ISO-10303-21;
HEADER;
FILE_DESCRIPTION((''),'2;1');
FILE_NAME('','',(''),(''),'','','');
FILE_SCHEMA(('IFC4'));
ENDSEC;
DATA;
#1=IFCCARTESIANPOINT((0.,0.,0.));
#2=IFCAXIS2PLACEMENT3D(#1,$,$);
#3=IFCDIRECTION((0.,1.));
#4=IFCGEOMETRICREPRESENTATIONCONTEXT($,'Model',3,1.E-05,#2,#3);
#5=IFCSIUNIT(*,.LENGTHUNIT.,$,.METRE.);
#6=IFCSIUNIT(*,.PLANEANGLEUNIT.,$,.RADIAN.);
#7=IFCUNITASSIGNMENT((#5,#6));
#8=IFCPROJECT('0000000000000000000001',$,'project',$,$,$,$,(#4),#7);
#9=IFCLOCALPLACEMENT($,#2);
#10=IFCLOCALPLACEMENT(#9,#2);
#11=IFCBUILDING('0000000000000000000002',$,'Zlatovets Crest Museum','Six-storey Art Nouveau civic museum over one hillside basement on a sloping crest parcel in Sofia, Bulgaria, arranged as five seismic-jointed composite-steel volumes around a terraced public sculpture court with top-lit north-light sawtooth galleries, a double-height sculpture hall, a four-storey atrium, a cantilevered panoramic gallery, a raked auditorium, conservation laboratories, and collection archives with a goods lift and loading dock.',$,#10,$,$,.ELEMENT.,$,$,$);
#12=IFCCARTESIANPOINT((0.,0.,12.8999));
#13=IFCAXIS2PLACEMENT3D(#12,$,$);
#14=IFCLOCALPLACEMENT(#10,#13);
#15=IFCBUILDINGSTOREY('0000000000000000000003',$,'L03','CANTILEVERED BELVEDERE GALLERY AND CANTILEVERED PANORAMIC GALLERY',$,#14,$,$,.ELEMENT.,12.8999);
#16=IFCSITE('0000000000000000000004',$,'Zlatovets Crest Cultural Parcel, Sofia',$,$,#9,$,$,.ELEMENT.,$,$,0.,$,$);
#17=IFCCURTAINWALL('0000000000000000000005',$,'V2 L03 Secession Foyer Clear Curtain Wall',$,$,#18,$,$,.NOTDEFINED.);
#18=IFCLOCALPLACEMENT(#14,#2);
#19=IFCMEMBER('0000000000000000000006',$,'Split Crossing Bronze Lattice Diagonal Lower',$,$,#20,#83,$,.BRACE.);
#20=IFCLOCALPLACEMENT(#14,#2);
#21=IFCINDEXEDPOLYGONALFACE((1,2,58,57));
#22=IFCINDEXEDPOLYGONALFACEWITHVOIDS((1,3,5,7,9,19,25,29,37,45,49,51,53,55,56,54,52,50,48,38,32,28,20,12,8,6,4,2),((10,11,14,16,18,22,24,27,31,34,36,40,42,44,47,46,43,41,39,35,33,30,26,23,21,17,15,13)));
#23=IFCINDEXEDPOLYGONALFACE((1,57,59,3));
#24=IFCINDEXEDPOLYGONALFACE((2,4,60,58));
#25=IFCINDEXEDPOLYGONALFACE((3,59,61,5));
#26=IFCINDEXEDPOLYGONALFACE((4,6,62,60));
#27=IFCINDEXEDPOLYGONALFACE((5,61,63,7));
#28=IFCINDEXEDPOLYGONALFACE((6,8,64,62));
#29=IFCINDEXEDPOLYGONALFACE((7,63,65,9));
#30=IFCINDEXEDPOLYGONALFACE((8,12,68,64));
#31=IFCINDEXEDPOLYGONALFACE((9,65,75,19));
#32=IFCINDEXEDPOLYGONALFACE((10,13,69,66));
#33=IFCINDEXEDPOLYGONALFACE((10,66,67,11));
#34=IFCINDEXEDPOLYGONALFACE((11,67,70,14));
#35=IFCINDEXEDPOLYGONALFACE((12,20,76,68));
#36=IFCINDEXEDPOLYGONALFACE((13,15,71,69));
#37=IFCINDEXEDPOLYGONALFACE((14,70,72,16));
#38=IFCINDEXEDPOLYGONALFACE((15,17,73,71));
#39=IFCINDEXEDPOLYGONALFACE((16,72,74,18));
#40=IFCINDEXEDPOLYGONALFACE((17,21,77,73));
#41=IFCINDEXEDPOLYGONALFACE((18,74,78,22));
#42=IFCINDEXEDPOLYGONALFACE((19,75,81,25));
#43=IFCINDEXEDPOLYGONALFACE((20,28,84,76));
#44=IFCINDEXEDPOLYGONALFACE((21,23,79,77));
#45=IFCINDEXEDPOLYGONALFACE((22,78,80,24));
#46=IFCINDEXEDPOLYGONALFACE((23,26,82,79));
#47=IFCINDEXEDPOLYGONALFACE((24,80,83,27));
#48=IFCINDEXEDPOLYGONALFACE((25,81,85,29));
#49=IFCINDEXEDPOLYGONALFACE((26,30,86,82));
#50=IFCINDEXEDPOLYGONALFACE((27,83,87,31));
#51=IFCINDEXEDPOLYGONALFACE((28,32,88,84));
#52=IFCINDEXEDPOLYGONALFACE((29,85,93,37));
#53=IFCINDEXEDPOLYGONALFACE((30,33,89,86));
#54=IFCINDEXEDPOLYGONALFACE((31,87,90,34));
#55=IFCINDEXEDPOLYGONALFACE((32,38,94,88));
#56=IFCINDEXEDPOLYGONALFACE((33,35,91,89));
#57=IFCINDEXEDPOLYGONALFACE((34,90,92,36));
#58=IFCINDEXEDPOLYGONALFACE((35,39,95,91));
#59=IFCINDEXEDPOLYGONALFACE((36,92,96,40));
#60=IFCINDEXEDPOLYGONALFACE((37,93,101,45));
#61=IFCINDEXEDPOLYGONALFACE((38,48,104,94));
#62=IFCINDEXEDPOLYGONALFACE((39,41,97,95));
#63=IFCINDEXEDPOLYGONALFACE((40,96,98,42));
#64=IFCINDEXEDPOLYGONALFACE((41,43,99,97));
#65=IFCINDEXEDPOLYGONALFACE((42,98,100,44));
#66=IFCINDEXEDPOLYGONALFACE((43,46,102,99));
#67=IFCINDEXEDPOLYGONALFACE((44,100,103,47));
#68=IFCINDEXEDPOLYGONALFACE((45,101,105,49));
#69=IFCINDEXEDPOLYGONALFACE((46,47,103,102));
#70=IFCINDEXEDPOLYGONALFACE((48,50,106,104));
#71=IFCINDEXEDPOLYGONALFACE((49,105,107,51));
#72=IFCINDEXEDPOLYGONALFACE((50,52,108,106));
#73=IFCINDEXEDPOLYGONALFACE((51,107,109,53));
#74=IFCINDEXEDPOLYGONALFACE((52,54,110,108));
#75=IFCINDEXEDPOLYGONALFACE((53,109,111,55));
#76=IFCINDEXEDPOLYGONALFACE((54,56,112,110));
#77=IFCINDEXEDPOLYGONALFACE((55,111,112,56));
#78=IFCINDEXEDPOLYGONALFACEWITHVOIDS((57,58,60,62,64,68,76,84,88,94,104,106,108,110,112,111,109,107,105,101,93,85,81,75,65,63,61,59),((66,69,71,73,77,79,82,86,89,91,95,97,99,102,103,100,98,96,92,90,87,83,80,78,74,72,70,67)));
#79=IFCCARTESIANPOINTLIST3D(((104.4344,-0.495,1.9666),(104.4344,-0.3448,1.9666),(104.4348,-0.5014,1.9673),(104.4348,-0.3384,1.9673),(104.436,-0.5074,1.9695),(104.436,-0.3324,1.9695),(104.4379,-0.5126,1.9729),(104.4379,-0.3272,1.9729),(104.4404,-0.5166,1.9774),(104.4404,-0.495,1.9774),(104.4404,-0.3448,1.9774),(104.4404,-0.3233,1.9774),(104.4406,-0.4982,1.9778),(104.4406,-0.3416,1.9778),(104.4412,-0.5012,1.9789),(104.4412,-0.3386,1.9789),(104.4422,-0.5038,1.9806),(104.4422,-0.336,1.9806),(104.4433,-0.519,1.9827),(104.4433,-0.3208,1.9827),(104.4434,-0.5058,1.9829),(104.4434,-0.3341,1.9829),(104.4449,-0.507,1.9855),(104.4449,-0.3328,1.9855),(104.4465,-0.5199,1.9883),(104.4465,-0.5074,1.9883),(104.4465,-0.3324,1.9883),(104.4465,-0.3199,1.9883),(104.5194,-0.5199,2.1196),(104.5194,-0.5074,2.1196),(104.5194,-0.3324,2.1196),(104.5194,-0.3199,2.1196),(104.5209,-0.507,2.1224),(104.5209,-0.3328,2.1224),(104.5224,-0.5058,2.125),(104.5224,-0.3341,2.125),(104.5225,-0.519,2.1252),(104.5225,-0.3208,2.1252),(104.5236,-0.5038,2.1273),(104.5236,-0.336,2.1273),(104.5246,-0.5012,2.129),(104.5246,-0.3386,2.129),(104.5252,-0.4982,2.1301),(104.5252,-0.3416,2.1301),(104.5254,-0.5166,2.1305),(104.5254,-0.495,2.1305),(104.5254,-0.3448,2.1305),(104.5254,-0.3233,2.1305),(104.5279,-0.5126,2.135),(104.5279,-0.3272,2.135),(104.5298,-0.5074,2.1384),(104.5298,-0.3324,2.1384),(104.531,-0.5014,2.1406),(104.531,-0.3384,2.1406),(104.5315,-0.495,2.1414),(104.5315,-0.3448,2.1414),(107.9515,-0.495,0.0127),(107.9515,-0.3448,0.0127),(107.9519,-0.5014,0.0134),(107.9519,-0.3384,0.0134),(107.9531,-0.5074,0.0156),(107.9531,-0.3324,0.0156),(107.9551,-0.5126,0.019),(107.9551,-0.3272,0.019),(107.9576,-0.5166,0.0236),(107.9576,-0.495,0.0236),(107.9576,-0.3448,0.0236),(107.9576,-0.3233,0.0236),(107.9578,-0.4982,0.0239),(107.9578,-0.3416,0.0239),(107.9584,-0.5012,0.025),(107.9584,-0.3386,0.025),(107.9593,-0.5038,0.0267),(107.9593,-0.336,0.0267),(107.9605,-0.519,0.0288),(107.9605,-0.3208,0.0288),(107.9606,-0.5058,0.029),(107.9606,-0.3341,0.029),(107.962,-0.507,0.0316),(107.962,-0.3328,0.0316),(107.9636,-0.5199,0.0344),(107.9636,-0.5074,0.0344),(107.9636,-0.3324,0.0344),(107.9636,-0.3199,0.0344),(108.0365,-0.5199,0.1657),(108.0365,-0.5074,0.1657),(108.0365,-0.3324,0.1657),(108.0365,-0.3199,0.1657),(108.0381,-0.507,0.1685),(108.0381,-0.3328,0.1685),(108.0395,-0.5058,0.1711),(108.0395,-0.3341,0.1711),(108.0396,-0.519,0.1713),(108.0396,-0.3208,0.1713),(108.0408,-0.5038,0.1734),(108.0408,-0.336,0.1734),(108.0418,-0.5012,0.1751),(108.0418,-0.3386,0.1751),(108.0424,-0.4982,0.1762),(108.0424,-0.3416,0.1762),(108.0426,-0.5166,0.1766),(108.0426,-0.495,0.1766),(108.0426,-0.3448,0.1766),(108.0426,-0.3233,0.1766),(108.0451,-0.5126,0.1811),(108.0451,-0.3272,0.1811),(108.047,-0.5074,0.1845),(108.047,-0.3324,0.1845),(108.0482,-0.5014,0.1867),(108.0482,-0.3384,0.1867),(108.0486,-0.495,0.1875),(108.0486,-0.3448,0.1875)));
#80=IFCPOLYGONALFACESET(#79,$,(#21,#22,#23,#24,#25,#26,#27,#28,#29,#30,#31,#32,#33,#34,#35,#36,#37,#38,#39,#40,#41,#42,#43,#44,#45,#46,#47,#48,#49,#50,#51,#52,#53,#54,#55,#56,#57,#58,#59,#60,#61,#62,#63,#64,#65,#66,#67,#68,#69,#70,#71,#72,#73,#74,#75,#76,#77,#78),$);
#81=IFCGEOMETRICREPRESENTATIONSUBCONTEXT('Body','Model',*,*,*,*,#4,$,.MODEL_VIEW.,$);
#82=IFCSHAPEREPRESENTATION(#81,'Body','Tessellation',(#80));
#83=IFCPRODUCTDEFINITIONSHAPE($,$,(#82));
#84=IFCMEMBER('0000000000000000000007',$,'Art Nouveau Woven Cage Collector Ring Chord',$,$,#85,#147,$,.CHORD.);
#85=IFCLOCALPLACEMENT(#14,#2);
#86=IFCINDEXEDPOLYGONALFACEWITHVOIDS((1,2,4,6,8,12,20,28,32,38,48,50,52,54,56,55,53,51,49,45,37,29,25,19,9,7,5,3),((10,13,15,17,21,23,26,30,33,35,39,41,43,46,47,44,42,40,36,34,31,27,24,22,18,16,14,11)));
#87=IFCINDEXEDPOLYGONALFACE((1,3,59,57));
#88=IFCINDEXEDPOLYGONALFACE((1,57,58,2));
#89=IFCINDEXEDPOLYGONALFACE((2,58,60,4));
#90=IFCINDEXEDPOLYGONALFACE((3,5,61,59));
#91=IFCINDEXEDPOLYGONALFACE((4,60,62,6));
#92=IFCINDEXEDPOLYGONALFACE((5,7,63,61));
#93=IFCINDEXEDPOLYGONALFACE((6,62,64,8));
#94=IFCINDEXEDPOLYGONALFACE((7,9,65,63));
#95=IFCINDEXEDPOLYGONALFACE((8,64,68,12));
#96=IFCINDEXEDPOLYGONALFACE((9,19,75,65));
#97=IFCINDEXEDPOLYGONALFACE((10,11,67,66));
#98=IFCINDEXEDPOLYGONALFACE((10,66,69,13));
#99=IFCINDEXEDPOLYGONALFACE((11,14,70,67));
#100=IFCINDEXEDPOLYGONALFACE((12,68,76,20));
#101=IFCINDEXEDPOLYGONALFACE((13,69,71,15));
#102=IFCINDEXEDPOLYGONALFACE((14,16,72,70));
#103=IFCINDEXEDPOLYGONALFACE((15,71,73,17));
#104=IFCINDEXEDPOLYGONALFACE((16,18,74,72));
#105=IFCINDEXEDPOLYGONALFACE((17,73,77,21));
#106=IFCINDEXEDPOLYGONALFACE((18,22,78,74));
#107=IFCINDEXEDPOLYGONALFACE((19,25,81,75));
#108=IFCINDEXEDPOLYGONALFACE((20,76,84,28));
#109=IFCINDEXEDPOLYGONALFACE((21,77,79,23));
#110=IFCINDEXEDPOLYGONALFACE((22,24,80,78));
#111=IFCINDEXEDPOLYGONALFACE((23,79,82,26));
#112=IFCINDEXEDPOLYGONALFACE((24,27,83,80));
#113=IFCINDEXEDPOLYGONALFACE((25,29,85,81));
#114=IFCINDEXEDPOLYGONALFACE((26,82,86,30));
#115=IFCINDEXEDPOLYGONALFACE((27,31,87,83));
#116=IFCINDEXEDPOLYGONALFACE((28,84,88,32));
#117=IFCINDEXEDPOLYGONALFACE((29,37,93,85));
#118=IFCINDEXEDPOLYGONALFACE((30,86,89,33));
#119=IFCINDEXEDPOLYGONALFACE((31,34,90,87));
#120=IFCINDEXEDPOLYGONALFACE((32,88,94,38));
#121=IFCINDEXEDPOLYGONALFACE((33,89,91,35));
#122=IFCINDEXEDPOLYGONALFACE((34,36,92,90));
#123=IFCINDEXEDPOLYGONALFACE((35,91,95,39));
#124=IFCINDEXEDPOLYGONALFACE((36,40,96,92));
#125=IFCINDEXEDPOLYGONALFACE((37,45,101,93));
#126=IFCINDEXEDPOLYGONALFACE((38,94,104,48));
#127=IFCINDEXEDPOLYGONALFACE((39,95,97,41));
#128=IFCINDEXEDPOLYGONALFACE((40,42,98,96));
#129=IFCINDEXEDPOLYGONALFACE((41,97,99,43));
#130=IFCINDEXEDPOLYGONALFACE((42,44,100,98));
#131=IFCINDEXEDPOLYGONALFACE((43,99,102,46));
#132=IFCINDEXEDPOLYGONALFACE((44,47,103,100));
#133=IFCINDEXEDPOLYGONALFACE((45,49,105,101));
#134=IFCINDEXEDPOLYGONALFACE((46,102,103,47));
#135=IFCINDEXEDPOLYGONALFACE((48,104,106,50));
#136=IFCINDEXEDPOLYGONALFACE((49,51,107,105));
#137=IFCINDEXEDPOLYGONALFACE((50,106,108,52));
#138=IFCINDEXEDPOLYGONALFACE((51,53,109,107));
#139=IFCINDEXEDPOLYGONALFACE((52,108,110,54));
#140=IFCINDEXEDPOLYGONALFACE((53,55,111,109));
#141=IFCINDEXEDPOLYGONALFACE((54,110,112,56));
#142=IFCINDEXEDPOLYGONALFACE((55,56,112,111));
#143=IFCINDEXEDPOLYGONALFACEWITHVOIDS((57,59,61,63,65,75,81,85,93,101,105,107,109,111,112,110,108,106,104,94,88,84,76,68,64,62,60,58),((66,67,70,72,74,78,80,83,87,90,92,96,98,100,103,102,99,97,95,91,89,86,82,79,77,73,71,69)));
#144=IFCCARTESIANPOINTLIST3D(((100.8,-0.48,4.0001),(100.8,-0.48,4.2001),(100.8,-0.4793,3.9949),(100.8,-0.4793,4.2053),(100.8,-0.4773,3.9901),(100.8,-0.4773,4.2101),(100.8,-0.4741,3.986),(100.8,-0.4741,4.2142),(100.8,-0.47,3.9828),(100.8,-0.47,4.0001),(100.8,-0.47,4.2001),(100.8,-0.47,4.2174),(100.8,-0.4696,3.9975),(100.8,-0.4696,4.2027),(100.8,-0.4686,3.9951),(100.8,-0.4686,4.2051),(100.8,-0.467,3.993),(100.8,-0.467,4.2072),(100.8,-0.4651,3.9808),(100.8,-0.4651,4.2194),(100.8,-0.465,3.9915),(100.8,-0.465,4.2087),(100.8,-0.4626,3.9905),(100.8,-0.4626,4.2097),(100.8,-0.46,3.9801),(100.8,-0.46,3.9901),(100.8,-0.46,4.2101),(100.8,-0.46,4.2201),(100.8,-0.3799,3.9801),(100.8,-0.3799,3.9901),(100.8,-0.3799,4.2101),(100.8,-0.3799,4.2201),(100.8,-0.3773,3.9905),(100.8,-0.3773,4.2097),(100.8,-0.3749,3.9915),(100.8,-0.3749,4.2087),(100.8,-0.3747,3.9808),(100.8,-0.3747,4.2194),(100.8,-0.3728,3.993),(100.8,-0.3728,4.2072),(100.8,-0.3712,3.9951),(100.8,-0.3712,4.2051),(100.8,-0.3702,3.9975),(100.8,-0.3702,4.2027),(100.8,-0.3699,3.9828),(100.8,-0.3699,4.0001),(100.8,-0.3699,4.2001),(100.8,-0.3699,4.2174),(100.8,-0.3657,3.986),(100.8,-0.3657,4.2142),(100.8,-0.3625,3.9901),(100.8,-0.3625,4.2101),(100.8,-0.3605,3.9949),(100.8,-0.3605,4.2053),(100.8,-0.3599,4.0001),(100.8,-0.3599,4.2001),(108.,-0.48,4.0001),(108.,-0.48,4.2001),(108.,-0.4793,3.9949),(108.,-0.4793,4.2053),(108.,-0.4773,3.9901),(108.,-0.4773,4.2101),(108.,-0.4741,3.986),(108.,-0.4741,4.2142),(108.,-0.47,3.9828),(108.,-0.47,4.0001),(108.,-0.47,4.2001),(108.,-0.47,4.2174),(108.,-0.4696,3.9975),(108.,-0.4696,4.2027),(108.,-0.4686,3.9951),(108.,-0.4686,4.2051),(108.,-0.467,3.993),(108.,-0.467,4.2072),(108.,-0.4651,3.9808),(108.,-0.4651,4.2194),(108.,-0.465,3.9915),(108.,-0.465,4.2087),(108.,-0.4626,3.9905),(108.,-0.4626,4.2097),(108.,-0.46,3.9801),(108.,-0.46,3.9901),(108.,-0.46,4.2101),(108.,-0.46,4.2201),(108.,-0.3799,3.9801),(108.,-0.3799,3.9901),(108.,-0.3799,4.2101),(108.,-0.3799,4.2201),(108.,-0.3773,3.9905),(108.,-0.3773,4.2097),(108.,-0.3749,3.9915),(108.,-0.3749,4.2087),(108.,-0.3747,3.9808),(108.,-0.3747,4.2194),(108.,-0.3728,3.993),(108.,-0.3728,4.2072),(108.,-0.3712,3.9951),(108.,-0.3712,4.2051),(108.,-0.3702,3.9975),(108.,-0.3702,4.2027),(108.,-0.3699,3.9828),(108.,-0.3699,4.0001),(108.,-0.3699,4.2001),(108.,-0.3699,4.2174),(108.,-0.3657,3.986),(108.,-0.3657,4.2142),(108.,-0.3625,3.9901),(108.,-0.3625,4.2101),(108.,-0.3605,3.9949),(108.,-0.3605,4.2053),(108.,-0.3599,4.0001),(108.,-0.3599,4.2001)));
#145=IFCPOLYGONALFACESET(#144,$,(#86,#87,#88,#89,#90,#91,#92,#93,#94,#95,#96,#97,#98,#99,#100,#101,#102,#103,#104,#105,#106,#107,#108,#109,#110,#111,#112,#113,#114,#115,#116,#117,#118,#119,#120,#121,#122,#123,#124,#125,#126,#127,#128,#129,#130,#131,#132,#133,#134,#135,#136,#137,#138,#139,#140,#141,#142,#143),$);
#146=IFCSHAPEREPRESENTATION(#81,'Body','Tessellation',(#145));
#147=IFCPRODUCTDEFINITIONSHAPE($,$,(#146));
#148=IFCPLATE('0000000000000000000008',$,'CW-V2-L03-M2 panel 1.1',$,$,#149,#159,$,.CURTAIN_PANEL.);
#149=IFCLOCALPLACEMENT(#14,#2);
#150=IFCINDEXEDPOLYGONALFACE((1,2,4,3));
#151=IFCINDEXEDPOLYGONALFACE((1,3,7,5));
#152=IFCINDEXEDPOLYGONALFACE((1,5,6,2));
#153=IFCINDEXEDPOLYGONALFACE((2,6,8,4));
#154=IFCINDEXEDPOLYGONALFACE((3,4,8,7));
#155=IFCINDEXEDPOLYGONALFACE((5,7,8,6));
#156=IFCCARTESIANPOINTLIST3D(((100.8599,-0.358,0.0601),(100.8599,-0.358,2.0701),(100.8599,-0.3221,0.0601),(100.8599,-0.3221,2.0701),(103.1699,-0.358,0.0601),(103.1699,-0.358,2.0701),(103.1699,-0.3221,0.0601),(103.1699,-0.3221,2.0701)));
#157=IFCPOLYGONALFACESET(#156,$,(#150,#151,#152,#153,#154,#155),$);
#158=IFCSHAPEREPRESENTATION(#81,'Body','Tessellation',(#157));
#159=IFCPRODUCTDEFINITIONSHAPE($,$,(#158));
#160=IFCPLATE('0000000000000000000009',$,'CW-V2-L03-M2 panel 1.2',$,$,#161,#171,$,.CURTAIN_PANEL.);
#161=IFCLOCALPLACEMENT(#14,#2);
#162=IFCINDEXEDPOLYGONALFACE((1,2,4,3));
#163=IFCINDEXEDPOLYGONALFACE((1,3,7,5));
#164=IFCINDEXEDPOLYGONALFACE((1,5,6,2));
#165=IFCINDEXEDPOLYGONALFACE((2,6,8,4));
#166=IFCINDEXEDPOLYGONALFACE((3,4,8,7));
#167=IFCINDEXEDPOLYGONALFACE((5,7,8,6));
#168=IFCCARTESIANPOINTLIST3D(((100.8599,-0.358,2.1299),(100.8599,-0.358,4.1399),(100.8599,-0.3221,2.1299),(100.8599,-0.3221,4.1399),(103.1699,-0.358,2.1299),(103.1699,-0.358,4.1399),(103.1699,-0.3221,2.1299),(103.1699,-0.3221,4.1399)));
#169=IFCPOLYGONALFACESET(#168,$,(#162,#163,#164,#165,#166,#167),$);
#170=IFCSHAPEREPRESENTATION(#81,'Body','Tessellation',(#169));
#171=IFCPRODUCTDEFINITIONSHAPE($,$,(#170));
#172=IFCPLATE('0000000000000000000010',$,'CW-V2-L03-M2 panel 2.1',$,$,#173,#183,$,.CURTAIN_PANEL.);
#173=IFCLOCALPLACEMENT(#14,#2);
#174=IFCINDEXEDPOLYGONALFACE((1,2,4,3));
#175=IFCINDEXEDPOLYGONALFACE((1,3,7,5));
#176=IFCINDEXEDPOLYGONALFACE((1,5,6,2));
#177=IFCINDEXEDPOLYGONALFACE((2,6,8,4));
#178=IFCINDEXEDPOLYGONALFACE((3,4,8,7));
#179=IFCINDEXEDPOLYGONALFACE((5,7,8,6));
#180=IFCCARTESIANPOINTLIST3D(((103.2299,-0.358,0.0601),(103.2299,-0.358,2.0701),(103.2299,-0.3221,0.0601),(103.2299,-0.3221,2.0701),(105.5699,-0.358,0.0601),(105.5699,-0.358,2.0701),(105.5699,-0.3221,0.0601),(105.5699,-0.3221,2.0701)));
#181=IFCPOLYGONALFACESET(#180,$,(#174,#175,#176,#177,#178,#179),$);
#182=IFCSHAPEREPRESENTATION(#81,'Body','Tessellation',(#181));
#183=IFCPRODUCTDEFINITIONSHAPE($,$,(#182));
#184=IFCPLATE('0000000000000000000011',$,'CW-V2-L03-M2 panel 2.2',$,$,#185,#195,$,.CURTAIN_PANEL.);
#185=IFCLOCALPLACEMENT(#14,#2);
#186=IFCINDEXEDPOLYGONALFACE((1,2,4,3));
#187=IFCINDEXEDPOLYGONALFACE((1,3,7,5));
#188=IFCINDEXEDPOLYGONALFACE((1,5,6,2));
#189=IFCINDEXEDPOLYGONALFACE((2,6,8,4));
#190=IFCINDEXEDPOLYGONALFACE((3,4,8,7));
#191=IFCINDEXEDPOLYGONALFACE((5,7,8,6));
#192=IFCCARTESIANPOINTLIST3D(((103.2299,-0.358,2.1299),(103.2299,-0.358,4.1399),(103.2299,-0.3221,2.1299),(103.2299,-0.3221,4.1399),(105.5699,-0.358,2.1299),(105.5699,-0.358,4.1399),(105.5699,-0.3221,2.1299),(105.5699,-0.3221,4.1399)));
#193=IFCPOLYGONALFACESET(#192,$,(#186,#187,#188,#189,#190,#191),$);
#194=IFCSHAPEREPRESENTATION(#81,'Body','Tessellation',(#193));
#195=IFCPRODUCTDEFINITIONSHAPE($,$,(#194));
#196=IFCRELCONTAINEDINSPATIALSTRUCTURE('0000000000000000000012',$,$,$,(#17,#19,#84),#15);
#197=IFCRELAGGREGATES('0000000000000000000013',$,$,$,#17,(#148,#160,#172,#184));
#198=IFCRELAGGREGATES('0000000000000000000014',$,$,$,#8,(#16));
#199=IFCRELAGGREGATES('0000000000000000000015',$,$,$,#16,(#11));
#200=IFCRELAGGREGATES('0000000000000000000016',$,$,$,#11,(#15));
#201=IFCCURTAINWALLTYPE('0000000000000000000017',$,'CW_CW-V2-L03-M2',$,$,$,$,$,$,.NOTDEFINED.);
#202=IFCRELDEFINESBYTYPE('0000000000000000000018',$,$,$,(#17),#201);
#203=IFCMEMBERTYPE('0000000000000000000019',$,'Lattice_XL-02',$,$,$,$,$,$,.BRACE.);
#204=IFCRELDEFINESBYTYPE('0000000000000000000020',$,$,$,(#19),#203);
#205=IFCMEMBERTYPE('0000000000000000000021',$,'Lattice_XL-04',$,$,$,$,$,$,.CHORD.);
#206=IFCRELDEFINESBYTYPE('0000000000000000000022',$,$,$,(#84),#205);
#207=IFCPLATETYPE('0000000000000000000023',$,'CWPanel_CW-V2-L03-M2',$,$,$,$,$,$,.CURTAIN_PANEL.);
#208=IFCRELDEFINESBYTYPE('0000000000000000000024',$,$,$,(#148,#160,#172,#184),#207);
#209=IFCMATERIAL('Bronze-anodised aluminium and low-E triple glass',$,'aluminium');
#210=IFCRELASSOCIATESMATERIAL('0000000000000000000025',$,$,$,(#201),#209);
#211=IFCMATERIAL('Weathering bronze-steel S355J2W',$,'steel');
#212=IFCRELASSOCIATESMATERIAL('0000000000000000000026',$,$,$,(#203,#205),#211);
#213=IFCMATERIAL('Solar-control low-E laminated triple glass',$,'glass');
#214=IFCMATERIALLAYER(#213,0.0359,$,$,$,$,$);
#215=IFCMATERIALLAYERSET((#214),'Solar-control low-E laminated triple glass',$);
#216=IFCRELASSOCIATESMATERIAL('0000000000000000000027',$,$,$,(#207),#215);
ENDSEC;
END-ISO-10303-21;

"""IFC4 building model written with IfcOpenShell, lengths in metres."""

from ifc_helpers import new_model, si_unit, direction, frame, origin, origin_2d, place, context, subcontext, project, spatial, rectangle, hollow_rectangle, extrude, material, layer, layer_set, material_profile, profile_set, type_object, element, aggregate, save


model = new_model("IFC4")

# Units and contexts
model_context = context("Model", 3, precision=1e-05, world=origin(), true_north=direction((0.0, 1.0)))
body_context = subcontext(model_context, "Body", "Model", "MODEL_VIEW")
ifc_project = project(units=[si_unit("LENGTHUNIT", "METRE"), si_unit("PLANEANGLEUNIT", "RADIAN")], contexts=[model_context])

# Site, building, storey
site_placement = place(None, origin())
site = spatial("IfcSite", under=ifc_project, at=site_placement, Name="Zlatovets Crest Cultural Parcel, Sofia", CompositionType="ELEMENT", RefElevation=0.0)
building_placement = place(site_placement, origin())
building = spatial("IfcBuilding", under=site, at=building_placement, Name="Zlatovets Crest Museum", Description="Six-storey Art Nouveau civic museum over one hillside basement on a sloping crest parcel in Sofia, Bulgaria, arranged as five seismic-jointed composite-steel volumes around a terraced public sculpture court with top-lit north-light sawtooth galleries, a double-height sculpture hall, a four-storey atrium, a cantilevered panoramic gallery, a raked auditorium, conservation laboratories, and collection archives with a goods lift and loading dock.", CompositionType="ELEMENT")
storey_placement = place(building_placement, frame((0.0, 0.0, 12.8999)))
storey = spatial("IfcBuildingStorey", under=building, at=storey_placement, Name="L03", Description="CANTILEVERED BELVEDERE GALLERY AND CANTILEVERED PANORAMIC GALLERY", CompositionType="ELEMENT", Elevation=12.8999)

# Curtain wall
ifc_material_1 = material(Name="Bronze-anodised aluminium and low-E triple glass", Category="aluminium")
curtain_wall_type = type_object("IfcCurtainWallType", Name="CW_CW-V2-L03-M2", PredefinedType="NOTDEFINED", material=ifc_material_1)
curtain_wall_placement = place(storey_placement, origin())
curtain_wall = element("IfcCurtainWall", 1, at=curtain_wall_placement, inside=storey, type_object=curtain_wall_type, Name="V2 L03 Secession Foyer Clear Curtain Wall", PredefinedType="NOTDEFINED")

# Members
ifc_material_2 = material(Name="Weathering bronze-steel S355J2W", Category="steel")
ifc_material_profile_1 = material_profile(ifc_material_2, hollow_rectangle(XDim=0.2, YDim=0.2, WallThickness=0.0125, InnerFilletRadius=0.0125, OuterFilletRadius=0.0249, at=origin_2d()), Name="SHS 200x200x12.5")
ifc_profile_set_1 = profile_set([ifc_material_profile_1], Name="Weathering bronze-steel S355J2W")
member_type_1 = type_object("IfcMemberType", Name="Lattice_XL-02", PredefinedType="BRACE", material=ifc_profile_set_1)
member_1_placement = place(storey_placement, frame((104.4829, -0.4199, 2.054), z_axis=(0.874166, 0.0, -0.485627), x_axis=(0.0, 1.0, 0.0)))
element("IfcMember", 2, at=member_1_placement, inside=storey, type_object=member_type_1, Name="Split Crossing Bronze Lattice Diagonal Lower", PredefinedType="BRACE", context=body_context, shape_type="SweptSolid", body=[
    extrude(hollow_rectangle(XDim=0.2, YDim=0.2, WallThickness=0.0125, InnerFilletRadius=0.0125, OuterFilletRadius=0.0249, at=origin_2d()), origin(), (0.0, 0.0, 1.0), 4.0234),
])
ifc_material_profile_2 = material_profile(ifc_material_2, hollow_rectangle(XDim=0.1201, YDim=0.24, WallThickness=0.01, InnerFilletRadius=0.01, OuterFilletRadius=0.02, at=origin_2d()), Name="RHS 120x240x10.0")
ifc_profile_set_2 = profile_set([ifc_material_profile_2], Name="Weathering bronze-steel S355J2W")
member_type_2 = type_object("IfcMemberType", Name="Lattice_XL-04", PredefinedType="CHORD", material=ifc_profile_set_2)
member_2_placement = place(storey_placement, frame((100.8, -0.4199, 4.1001), z_axis=(1.0, 0.0, 0.0), x_axis=(0.0, 1.0, 0.0)))
element("IfcMember", 3, at=member_2_placement, inside=storey, type_object=member_type_2, Name="Art Nouveau Woven Cage Collector Ring Chord", PredefinedType="CHORD", context=body_context, shape_type="SweptSolid", body=[
    extrude(hollow_rectangle(XDim=0.1201, YDim=0.24, WallThickness=0.01, InnerFilletRadius=0.01, OuterFilletRadius=0.02, at=origin_2d()), origin(), (0.0, 0.0, 1.0), 7.2),
])

# Plates
ifc_material_3 = material(Name="Solar-control low-E laminated triple glass", Category="glass")
ifc_layer_1 = layer(ifc_material_3, 0.0359)
ifc_layer_set_1 = layer_set([ifc_layer_1], Name="Solar-control low-E laminated triple glass")
plate_type_1 = type_object("IfcPlateType", Name="CWPanel_CW-V2-L03-M2", PredefinedType="CURTAIN_PANEL", material=ifc_layer_set_1)
plate_1_placement = place(storey_placement, frame((102.0149, -0.3401, 0.0601), z_axis=(0.0, 0.0, 1.0), x_axis=(1.0, 0.0, 0.0)))
plate_1 = element("IfcPlate", 4, at=plate_1_placement, type_object=plate_type_1, Name="CW-V2-L03-M2 panel 1.1", PredefinedType="CURTAIN_PANEL", context=body_context, shape_type="SweptSolid", body=[
    extrude(rectangle(XDim=2.3101, YDim=0.0359, at=origin_2d()), origin(), (0.0, 0.0, 1.0), 2.01),
])
plate_2_placement = place(storey_placement, frame((102.0149, -0.3401, 2.1299), z_axis=(0.0, 0.0, 1.0), x_axis=(1.0, 0.0, 0.0)))
plate_2 = element("IfcPlate", 5, at=plate_2_placement, type_object=plate_type_1, Name="CW-V2-L03-M2 panel 1.2", PredefinedType="CURTAIN_PANEL", context=body_context, shape_type="SweptSolid", body=[
    extrude(rectangle(XDim=2.3101, YDim=0.0359, at=origin_2d()), origin(), (0.0, 0.0, 1.0), 2.01),
])
plate_3_placement = place(storey_placement, frame((104.3999, -0.3401, 0.0601), z_axis=(0.0, 0.0, 1.0), x_axis=(1.0, 0.0, 0.0)))
plate_3 = element("IfcPlate", 6, at=plate_3_placement, type_object=plate_type_1, Name="CW-V2-L03-M2 panel 2.1", PredefinedType="CURTAIN_PANEL", context=body_context, shape_type="SweptSolid", body=[
    extrude(rectangle(XDim=2.3401, YDim=0.0359, at=origin_2d()), origin(), (0.0, 0.0, 1.0), 2.01),
])
plate_4_placement = place(storey_placement, frame((104.3999, -0.3401, 2.1299), z_axis=(0.0, 0.0, 1.0), x_axis=(1.0, 0.0, 0.0)))
plate_4 = element("IfcPlate", 7, at=plate_4_placement, type_object=plate_type_1, Name="CW-V2-L03-M2 panel 2.2", PredefinedType="CURTAIN_PANEL", context=body_context, shape_type="SweptSolid", body=[
    extrude(rectangle(XDim=2.3401, YDim=0.0359, at=origin_2d()), origin(), (0.0, 0.0, 1.0), 2.01),
])
aggregate(curtain_wall, [plate_1, plate_2, plate_3, plate_4])

save(model, "model.ifc")
